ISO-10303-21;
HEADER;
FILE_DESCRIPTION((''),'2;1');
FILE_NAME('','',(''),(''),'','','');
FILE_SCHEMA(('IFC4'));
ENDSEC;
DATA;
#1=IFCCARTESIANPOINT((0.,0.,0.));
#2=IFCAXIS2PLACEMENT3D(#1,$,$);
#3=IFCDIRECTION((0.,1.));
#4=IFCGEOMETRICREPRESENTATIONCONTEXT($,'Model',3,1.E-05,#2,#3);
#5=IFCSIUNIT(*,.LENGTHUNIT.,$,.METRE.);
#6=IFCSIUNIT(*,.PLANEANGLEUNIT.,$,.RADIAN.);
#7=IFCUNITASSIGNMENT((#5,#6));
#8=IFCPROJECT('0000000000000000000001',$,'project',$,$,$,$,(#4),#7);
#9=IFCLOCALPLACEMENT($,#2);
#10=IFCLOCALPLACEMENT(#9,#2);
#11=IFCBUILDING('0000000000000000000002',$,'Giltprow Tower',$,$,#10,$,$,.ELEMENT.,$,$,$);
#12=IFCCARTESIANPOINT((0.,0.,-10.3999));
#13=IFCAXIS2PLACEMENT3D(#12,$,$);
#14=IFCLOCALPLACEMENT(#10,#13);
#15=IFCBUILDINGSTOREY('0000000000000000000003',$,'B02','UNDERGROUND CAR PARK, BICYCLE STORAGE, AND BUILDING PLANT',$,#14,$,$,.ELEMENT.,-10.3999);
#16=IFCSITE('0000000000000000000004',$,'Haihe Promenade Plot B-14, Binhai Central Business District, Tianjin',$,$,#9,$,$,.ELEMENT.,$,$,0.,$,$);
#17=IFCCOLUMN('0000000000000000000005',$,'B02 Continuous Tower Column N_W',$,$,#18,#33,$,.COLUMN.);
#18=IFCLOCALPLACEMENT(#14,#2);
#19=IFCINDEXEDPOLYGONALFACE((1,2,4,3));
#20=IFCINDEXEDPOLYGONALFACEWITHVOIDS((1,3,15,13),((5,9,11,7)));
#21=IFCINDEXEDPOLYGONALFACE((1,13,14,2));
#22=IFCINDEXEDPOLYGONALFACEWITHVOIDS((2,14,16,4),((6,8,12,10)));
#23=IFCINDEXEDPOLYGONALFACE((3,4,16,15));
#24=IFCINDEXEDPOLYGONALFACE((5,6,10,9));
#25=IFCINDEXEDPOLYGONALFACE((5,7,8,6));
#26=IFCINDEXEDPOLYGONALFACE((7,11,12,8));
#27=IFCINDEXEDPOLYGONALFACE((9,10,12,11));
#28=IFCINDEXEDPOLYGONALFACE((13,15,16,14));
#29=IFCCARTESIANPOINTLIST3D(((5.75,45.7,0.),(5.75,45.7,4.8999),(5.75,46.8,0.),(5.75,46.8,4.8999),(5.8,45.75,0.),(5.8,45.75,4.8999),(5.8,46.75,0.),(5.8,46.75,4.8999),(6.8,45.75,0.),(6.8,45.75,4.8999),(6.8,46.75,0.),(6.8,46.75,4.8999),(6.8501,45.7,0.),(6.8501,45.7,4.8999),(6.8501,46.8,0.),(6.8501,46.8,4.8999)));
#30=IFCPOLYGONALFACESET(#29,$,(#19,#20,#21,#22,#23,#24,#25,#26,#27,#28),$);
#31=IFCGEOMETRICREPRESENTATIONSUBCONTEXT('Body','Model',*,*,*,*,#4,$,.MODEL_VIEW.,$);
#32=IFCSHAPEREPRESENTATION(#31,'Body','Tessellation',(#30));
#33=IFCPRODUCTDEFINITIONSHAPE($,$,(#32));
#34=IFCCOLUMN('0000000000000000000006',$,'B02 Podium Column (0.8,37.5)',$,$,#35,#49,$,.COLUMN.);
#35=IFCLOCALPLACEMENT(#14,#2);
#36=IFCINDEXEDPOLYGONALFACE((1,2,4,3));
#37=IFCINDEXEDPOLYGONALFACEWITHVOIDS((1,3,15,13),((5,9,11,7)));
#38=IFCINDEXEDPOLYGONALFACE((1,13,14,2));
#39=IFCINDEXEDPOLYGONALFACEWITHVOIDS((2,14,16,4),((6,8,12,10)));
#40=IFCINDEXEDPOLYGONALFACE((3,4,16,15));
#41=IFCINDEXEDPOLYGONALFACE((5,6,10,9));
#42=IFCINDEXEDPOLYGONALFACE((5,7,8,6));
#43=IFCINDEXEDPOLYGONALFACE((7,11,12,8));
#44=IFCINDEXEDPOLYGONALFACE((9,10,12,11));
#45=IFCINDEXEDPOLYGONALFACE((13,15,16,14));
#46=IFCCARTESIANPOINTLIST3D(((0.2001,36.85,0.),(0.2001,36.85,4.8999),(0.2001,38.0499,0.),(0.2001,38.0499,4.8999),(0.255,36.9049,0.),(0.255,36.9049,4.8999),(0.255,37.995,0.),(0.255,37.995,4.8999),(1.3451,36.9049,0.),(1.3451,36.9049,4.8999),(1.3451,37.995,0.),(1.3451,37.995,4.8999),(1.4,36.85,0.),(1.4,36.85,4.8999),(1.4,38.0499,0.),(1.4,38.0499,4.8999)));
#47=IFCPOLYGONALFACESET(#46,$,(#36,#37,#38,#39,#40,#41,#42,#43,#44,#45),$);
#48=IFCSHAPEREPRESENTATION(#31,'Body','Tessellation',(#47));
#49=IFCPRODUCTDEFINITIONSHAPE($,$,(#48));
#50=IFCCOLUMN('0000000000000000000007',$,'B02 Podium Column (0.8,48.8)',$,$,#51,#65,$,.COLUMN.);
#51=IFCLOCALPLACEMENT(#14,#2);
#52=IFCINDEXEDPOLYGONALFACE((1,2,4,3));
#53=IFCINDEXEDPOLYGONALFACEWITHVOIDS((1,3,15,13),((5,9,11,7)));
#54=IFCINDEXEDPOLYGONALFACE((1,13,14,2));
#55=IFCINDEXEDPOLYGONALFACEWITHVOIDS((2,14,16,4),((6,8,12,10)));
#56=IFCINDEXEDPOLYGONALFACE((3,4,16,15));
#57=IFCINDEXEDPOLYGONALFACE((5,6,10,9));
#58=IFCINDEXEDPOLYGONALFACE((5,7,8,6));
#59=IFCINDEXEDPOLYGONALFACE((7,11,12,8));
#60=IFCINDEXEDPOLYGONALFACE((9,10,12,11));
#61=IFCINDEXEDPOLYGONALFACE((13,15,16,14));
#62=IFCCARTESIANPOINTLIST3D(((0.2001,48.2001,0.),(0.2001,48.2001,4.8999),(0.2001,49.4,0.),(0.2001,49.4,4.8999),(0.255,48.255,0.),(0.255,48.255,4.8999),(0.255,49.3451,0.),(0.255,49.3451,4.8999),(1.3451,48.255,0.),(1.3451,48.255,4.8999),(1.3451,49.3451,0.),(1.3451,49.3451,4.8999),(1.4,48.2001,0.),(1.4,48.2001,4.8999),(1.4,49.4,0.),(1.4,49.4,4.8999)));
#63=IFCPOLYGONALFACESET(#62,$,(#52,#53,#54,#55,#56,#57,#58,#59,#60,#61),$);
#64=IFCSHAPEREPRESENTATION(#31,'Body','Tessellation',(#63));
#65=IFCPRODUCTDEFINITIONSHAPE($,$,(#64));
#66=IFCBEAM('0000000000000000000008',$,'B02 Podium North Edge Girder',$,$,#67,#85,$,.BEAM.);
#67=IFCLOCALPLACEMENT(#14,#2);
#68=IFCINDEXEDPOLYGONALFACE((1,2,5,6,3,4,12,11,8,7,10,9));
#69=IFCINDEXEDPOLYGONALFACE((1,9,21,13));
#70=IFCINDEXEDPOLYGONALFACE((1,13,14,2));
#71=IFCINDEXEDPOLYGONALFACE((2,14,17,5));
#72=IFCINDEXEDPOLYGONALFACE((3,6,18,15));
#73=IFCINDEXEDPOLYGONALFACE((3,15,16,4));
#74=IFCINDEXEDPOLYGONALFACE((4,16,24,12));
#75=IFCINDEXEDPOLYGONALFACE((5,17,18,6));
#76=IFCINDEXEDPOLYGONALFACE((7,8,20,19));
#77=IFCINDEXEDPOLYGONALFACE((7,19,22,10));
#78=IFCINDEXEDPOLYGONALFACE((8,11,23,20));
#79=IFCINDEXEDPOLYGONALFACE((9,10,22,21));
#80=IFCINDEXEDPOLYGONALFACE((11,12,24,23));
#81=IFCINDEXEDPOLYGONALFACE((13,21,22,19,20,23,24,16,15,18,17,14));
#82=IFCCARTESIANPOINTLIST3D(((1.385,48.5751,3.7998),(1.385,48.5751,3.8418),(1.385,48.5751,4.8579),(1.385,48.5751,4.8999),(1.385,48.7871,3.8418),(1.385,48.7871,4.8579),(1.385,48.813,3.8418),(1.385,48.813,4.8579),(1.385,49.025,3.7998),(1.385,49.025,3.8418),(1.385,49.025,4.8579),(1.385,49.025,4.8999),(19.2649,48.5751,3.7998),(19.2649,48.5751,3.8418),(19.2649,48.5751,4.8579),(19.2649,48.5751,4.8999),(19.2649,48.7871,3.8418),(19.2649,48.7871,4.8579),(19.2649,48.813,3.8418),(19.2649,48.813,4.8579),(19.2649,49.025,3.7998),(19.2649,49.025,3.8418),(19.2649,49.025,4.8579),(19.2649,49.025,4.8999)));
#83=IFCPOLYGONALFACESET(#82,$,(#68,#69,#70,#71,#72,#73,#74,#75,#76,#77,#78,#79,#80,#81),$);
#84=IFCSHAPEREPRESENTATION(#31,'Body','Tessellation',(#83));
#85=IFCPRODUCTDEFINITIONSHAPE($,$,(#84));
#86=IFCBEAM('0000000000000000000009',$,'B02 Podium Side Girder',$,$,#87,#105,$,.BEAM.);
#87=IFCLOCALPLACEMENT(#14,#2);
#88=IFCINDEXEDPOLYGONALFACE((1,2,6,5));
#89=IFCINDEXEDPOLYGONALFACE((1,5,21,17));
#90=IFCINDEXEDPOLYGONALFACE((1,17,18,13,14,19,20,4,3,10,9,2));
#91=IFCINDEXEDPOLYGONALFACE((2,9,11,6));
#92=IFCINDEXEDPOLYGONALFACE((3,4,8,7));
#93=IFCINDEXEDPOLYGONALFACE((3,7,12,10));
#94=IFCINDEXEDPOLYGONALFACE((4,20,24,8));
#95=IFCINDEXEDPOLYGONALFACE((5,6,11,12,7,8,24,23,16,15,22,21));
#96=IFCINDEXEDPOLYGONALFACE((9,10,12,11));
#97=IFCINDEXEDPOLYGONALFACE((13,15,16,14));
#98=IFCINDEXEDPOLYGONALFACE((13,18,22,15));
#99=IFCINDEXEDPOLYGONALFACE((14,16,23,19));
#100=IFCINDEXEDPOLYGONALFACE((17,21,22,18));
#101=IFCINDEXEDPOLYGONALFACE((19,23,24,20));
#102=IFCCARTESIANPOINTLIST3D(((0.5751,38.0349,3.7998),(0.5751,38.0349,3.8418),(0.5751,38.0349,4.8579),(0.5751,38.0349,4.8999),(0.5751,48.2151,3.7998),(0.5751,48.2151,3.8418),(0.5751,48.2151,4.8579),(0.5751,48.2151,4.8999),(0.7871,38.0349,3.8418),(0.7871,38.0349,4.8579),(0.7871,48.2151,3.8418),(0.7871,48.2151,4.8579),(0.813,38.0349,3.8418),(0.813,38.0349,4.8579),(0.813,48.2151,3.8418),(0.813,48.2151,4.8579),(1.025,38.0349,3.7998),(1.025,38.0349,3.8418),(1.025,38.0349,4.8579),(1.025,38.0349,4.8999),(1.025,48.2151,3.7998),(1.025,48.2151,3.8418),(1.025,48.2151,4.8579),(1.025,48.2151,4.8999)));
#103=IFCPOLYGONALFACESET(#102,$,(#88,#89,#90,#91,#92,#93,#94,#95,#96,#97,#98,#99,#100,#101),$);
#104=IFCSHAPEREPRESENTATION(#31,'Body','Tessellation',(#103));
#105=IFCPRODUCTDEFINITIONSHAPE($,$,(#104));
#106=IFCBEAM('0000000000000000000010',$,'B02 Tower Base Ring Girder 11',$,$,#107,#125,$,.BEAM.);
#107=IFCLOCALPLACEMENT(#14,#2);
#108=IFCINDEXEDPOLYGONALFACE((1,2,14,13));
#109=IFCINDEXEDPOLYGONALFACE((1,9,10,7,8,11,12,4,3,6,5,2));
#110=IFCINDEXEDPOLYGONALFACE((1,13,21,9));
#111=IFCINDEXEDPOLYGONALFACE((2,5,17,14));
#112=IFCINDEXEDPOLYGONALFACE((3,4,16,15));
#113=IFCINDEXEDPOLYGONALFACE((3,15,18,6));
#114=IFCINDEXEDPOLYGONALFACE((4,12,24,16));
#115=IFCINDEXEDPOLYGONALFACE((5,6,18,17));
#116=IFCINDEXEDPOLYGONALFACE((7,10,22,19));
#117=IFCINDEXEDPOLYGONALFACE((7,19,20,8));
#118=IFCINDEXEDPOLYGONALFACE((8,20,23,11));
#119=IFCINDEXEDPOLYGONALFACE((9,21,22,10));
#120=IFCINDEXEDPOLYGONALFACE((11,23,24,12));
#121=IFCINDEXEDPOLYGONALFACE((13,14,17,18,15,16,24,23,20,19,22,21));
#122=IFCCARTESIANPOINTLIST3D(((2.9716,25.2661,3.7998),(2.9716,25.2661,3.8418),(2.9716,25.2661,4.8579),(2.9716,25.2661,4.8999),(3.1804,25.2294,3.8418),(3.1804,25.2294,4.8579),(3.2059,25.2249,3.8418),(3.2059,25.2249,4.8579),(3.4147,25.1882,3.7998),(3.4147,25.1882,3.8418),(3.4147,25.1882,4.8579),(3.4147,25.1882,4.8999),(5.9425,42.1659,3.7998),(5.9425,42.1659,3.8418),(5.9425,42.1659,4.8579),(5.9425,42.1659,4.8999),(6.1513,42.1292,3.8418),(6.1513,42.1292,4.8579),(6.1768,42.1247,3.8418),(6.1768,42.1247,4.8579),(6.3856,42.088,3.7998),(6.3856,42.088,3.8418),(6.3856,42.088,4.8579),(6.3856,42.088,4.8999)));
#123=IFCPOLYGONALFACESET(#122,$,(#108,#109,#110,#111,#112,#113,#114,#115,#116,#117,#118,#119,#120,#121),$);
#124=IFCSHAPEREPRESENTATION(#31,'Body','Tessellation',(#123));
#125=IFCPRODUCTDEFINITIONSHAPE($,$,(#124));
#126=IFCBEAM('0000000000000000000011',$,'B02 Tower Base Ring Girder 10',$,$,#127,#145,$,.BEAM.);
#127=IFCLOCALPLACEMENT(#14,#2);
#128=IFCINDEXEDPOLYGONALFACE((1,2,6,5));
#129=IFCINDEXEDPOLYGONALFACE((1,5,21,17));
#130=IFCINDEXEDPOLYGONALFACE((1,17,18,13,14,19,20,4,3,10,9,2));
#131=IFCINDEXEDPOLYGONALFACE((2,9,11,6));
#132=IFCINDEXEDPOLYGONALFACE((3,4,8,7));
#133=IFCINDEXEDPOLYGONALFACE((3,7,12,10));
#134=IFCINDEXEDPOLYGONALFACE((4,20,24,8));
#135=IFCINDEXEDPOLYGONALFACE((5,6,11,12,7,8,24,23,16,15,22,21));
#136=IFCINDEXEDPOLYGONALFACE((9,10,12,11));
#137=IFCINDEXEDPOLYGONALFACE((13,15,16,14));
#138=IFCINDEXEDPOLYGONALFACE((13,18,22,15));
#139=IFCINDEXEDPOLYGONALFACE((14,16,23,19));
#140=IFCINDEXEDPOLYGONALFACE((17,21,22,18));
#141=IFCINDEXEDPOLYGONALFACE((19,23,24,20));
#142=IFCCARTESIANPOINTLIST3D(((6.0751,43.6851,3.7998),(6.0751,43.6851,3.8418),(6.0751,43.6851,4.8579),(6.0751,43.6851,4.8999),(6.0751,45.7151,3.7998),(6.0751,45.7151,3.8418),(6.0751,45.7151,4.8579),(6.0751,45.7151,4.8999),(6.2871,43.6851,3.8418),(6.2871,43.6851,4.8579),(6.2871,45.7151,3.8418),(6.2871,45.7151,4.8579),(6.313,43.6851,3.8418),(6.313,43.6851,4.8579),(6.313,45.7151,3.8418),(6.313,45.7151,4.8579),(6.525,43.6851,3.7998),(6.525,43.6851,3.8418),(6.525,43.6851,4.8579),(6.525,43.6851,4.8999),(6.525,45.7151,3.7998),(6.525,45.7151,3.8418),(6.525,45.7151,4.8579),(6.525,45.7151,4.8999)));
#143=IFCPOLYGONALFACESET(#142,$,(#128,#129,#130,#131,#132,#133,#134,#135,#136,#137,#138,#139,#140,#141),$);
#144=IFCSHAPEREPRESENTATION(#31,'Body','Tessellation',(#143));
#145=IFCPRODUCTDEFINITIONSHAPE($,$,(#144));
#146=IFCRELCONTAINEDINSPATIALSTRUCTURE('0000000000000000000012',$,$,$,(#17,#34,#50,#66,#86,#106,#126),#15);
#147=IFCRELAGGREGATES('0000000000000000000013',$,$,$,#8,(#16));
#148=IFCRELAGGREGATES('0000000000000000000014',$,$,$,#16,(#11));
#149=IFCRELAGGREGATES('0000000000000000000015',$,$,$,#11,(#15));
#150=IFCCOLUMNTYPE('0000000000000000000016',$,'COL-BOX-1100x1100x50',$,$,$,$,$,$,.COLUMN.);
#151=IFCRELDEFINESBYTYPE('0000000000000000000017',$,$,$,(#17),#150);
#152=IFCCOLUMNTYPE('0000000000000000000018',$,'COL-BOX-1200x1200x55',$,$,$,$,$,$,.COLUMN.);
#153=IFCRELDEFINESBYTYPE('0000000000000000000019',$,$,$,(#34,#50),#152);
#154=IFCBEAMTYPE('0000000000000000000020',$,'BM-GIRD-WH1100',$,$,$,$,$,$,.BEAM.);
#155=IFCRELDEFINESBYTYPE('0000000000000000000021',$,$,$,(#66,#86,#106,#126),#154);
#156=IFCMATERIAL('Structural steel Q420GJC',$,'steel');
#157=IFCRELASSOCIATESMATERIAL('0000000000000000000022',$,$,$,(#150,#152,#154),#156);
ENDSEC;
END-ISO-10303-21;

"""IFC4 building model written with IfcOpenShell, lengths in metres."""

from ifc_helpers import new_model, si_unit, direction, frame, origin, origin_2d, place, context, subcontext, project, spatial, hollow_rectangle, i_section, extrude, source, transform, mapped, material, material_profile, profile_set, type_object, element, save


model = new_model("IFC4")

# Units and contexts
model_context = context("Model", 3, precision=1e-05, world=origin(), true_north=direction((0.0, 1.0)))
body_context = subcontext(model_context, "Body", "Model", "MODEL_VIEW")
ifc_project = project(units=[si_unit("LENGTHUNIT", "METRE"), si_unit("PLANEANGLEUNIT", "RADIAN")], contexts=[model_context])

# Site, building, storey
site_placement = place(None, origin())
site = spatial("IfcSite", under=ifc_project, at=site_placement, Name="Haihe Promenade Plot B-14, Binhai Central Business District, Tianjin", CompositionType="ELEMENT", RefElevation=0.0)
building_placement = place(site_placement, origin())
building = spatial("IfcBuilding", under=site, at=building_placement, Name="Giltprow Tower", CompositionType="ELEMENT")
storey_placement = place(building_placement, frame((0.0, 0.0, -10.3999)))
storey = spatial("IfcBuildingStorey", under=building, at=storey_placement, Name="B02", Description="UNDERGROUND CAR PARK, BICYCLE STORAGE, AND BUILDING PLANT", CompositionType="ELEMENT", Elevation=-10.3999)

# Columns
ifc_material_1 = material(Name="Structural steel Q420GJC", Category="steel")
ifc_material_profile_1 = material_profile(ifc_material_1, hollow_rectangle(XDim=1.1001, YDim=1.1001, WallThickness=0.05, at=origin_2d()), Name="BOX 1100x1100x50")
ifc_profile_set_1 = profile_set([ifc_material_profile_1], Name="Structural steel Q420GJC")
column_type_1 = type_object("IfcColumnType", Name="COL-BOX-1100x1100x50", PredefinedType="COLUMN", material=ifc_profile_set_1)
shared_shape_1 = source(origin(), body_context, "Body", "SweptSolid", [
    extrude(hollow_rectangle(XDim=1.1001, YDim=1.1001, WallThickness=0.05, at=origin_2d()), origin(), (0.0, 0.0, 1.0), 4.8999),
])
column_1_placement = place(storey_placement, frame((6.3, 46.25, 0.0), z_axis=(0.0, 0.0, 1.0), x_axis=(1.0, 0.0, 0.0)))
element("IfcColumn", 1, at=column_1_placement, inside=storey, type_object=column_type_1, Name="B02 Continuous Tower Column N_W", PredefinedType="COLUMN", context=body_context, shape_type="MappedRepresentation", body=[
    mapped(shared_shape_1, transform((0.0, 0.0, 0.0), x_axis=(1.0, 0.0, 0.0), y_axis=(0.0, 1.0, 0.0), z_axis=(0.0, 0.0, 1.0), scale=1.0)),
])
ifc_material_profile_2 = material_profile(ifc_material_1, hollow_rectangle(XDim=1.2, YDim=1.2, WallThickness=0.0549, at=origin_2d()), Name="BOX 1200x1200x55")
ifc_profile_set_2 = profile_set([ifc_material_profile_2], Name="Structural steel Q420GJC")
column_type_2 = type_object("IfcColumnType", Name="COL-BOX-1200x1200x55", PredefinedType="COLUMN", material=ifc_profile_set_2)
shared_shape_2 = source(origin(), body_context, "Body", "SweptSolid", [
    extrude(hollow_rectangle(XDim=1.2, YDim=1.2, WallThickness=0.0549, at=origin_2d()), origin(), (0.0, 0.0, 1.0), 4.8999),
])
for number, where, z_axis, x_axis, name in (
    (2, (0.8, 37.45, 0.0), (0.0, 0.0, 1.0), (1.0, 0.0, 0.0), "B02 Podium Column (0.8,37.5)"),
    (3, (0.8, 48.8, 0.0), (0.0, 0.0, 1.0), (1.0, 0.0, 0.0), "B02 Podium Column (0.8,48.8)"),
):
    element("IfcColumn", number, at=place(storey_placement, frame(where, z_axis=z_axis, x_axis=x_axis)), inside=storey, type_object=column_type_2, Name=name, PredefinedType="COLUMN", context=body_context, shape_type="MappedRepresentation", body=[
        mapped(shared_shape_2, transform((0.0, 0.0, 0.0), x_axis=(1.0, 0.0, 0.0), y_axis=(0.0, 1.0, 0.0), z_axis=(0.0, 0.0, 1.0), scale=1.0)),
    ])

# Beams
ifc_material_profile_3 = material_profile(ifc_material_1, i_section(OverallWidth=0.45, OverallDepth=1.1001, WebThickness=0.0259, FlangeThickness=0.042, at=origin_2d()), Name="WH 1100x450x26x42")
ifc_profile_set_3 = profile_set([ifc_material_profile_3], Name="Structural steel Q420GJC")
beam_type = type_object("IfcBeamType", Name="BM-GIRD-WH1100", PredefinedType="BEAM", material=ifc_profile_set_3)
shared_shape_3 = source(origin(), body_context, "Body", "SweptSolid", [
    extrude(i_section(OverallWidth=0.45, OverallDepth=1.1001, WebThickness=0.0259, FlangeThickness=0.042, at=origin_2d()), origin(), (0.0, 0.0, 1.0), 17.8799),
])
beam_1_placement = place(storey_placement, frame((1.385, 48.8, 4.3499), z_axis=(1.0, 0.0, 0.0), x_axis=(0.0, 1.0, 0.0)))
element("IfcBeam", 4, at=beam_1_placement, inside=storey, type_object=beam_type, Name="B02 Podium North Edge Girder", PredefinedType="BEAM", context=body_context, shape_type="MappedRepresentation", body=[
    mapped(shared_shape_3, transform((0.0, 0.0, 0.0), x_axis=(1.0, 0.0, 0.0), y_axis=(0.0, 1.0, 0.0), z_axis=(0.0, 0.0, 1.0), scale=1.0)),
])
shared_shape_4 = source(origin(), body_context, "Body", "SweptSolid", [
    extrude(i_section(OverallWidth=0.45, OverallDepth=1.1001, WebThickness=0.0259, FlangeThickness=0.042, at=origin_2d()), origin(), (0.0, 0.0, 1.0), 10.1802),
])
beam_2_placement = place(storey_placement, frame((0.8, 38.0349, 4.3499), z_axis=(0.0, 1.0, 0.0), x_axis=(-1.0, 0.0, 0.0)))
element("IfcBeam", 5, at=beam_2_placement, inside=storey, type_object=beam_type, Name="B02 Podium Side Girder", PredefinedType="BEAM", context=body_context, shape_type="MappedRepresentation", body=[
    mapped(shared_shape_4, transform((0.0, 0.0, 0.0), x_axis=(1.0, 0.0, 0.0), y_axis=(0.0, 1.0, 0.0), z_axis=(0.0, 0.0, 1.0), scale=1.0)),
])
shared_shape_5 = source(origin(), body_context, "Body", "SweptSolid", [
    extrude(i_section(OverallWidth=0.45, OverallDepth=1.1001, WebThickness=0.0259, FlangeThickness=0.042, at=origin_2d()), origin(), (0.0, 0.0, 1.0), 17.1589),
])
beam_3_placement = place(storey_placement, frame((6.1641, 42.127, 4.3499), z_axis=(-0.173142, -0.984897, 0.0), x_axis=(0.984897, -0.173142, 0.0)))
element("IfcBeam", 6, at=beam_3_placement, inside=storey, type_object=beam_type, Name="B02 Tower Base Ring Girder 11", PredefinedType="BEAM", context=body_context, shape_type="MappedRepresentation", body=[
    mapped(shared_shape_5, transform((0.0, 0.0, 0.0), x_axis=(1.0, 0.0, 0.0), y_axis=(0.0, 1.0, 0.0), z_axis=(0.0, 0.0, 1.0), scale=1.0)),
])
shared_shape_6 = source(origin(), body_context, "Body", "SweptSolid", [
    extrude(i_section(OverallWidth=0.45, OverallDepth=1.1001, WebThickness=0.0259, FlangeThickness=0.042, at=origin_2d()), origin(), (0.0, 0.0, 1.0), 2.03),
])
beam_4_placement = place(storey_placement, frame((6.3, 45.7151, 4.3499), z_axis=(0.0, -1.0, 0.0), x_axis=(1.0, 0.0, 0.0)))
element("IfcBeam", 7, at=beam_4_placement, inside=storey, type_object=beam_type, Name="B02 Tower Base Ring Girder 10", PredefinedType="BEAM", context=body_context, shape_type="MappedRepresentation", body=[
    mapped(shared_shape_6, transform((0.0, 0.0, 0.0), x_axis=(1.0, 0.0, 0.0), y_axis=(0.0, 1.0, 0.0), z_axis=(0.0, 0.0, 1.0), scale=1.0)),
])

save(model, "model.ifc")
